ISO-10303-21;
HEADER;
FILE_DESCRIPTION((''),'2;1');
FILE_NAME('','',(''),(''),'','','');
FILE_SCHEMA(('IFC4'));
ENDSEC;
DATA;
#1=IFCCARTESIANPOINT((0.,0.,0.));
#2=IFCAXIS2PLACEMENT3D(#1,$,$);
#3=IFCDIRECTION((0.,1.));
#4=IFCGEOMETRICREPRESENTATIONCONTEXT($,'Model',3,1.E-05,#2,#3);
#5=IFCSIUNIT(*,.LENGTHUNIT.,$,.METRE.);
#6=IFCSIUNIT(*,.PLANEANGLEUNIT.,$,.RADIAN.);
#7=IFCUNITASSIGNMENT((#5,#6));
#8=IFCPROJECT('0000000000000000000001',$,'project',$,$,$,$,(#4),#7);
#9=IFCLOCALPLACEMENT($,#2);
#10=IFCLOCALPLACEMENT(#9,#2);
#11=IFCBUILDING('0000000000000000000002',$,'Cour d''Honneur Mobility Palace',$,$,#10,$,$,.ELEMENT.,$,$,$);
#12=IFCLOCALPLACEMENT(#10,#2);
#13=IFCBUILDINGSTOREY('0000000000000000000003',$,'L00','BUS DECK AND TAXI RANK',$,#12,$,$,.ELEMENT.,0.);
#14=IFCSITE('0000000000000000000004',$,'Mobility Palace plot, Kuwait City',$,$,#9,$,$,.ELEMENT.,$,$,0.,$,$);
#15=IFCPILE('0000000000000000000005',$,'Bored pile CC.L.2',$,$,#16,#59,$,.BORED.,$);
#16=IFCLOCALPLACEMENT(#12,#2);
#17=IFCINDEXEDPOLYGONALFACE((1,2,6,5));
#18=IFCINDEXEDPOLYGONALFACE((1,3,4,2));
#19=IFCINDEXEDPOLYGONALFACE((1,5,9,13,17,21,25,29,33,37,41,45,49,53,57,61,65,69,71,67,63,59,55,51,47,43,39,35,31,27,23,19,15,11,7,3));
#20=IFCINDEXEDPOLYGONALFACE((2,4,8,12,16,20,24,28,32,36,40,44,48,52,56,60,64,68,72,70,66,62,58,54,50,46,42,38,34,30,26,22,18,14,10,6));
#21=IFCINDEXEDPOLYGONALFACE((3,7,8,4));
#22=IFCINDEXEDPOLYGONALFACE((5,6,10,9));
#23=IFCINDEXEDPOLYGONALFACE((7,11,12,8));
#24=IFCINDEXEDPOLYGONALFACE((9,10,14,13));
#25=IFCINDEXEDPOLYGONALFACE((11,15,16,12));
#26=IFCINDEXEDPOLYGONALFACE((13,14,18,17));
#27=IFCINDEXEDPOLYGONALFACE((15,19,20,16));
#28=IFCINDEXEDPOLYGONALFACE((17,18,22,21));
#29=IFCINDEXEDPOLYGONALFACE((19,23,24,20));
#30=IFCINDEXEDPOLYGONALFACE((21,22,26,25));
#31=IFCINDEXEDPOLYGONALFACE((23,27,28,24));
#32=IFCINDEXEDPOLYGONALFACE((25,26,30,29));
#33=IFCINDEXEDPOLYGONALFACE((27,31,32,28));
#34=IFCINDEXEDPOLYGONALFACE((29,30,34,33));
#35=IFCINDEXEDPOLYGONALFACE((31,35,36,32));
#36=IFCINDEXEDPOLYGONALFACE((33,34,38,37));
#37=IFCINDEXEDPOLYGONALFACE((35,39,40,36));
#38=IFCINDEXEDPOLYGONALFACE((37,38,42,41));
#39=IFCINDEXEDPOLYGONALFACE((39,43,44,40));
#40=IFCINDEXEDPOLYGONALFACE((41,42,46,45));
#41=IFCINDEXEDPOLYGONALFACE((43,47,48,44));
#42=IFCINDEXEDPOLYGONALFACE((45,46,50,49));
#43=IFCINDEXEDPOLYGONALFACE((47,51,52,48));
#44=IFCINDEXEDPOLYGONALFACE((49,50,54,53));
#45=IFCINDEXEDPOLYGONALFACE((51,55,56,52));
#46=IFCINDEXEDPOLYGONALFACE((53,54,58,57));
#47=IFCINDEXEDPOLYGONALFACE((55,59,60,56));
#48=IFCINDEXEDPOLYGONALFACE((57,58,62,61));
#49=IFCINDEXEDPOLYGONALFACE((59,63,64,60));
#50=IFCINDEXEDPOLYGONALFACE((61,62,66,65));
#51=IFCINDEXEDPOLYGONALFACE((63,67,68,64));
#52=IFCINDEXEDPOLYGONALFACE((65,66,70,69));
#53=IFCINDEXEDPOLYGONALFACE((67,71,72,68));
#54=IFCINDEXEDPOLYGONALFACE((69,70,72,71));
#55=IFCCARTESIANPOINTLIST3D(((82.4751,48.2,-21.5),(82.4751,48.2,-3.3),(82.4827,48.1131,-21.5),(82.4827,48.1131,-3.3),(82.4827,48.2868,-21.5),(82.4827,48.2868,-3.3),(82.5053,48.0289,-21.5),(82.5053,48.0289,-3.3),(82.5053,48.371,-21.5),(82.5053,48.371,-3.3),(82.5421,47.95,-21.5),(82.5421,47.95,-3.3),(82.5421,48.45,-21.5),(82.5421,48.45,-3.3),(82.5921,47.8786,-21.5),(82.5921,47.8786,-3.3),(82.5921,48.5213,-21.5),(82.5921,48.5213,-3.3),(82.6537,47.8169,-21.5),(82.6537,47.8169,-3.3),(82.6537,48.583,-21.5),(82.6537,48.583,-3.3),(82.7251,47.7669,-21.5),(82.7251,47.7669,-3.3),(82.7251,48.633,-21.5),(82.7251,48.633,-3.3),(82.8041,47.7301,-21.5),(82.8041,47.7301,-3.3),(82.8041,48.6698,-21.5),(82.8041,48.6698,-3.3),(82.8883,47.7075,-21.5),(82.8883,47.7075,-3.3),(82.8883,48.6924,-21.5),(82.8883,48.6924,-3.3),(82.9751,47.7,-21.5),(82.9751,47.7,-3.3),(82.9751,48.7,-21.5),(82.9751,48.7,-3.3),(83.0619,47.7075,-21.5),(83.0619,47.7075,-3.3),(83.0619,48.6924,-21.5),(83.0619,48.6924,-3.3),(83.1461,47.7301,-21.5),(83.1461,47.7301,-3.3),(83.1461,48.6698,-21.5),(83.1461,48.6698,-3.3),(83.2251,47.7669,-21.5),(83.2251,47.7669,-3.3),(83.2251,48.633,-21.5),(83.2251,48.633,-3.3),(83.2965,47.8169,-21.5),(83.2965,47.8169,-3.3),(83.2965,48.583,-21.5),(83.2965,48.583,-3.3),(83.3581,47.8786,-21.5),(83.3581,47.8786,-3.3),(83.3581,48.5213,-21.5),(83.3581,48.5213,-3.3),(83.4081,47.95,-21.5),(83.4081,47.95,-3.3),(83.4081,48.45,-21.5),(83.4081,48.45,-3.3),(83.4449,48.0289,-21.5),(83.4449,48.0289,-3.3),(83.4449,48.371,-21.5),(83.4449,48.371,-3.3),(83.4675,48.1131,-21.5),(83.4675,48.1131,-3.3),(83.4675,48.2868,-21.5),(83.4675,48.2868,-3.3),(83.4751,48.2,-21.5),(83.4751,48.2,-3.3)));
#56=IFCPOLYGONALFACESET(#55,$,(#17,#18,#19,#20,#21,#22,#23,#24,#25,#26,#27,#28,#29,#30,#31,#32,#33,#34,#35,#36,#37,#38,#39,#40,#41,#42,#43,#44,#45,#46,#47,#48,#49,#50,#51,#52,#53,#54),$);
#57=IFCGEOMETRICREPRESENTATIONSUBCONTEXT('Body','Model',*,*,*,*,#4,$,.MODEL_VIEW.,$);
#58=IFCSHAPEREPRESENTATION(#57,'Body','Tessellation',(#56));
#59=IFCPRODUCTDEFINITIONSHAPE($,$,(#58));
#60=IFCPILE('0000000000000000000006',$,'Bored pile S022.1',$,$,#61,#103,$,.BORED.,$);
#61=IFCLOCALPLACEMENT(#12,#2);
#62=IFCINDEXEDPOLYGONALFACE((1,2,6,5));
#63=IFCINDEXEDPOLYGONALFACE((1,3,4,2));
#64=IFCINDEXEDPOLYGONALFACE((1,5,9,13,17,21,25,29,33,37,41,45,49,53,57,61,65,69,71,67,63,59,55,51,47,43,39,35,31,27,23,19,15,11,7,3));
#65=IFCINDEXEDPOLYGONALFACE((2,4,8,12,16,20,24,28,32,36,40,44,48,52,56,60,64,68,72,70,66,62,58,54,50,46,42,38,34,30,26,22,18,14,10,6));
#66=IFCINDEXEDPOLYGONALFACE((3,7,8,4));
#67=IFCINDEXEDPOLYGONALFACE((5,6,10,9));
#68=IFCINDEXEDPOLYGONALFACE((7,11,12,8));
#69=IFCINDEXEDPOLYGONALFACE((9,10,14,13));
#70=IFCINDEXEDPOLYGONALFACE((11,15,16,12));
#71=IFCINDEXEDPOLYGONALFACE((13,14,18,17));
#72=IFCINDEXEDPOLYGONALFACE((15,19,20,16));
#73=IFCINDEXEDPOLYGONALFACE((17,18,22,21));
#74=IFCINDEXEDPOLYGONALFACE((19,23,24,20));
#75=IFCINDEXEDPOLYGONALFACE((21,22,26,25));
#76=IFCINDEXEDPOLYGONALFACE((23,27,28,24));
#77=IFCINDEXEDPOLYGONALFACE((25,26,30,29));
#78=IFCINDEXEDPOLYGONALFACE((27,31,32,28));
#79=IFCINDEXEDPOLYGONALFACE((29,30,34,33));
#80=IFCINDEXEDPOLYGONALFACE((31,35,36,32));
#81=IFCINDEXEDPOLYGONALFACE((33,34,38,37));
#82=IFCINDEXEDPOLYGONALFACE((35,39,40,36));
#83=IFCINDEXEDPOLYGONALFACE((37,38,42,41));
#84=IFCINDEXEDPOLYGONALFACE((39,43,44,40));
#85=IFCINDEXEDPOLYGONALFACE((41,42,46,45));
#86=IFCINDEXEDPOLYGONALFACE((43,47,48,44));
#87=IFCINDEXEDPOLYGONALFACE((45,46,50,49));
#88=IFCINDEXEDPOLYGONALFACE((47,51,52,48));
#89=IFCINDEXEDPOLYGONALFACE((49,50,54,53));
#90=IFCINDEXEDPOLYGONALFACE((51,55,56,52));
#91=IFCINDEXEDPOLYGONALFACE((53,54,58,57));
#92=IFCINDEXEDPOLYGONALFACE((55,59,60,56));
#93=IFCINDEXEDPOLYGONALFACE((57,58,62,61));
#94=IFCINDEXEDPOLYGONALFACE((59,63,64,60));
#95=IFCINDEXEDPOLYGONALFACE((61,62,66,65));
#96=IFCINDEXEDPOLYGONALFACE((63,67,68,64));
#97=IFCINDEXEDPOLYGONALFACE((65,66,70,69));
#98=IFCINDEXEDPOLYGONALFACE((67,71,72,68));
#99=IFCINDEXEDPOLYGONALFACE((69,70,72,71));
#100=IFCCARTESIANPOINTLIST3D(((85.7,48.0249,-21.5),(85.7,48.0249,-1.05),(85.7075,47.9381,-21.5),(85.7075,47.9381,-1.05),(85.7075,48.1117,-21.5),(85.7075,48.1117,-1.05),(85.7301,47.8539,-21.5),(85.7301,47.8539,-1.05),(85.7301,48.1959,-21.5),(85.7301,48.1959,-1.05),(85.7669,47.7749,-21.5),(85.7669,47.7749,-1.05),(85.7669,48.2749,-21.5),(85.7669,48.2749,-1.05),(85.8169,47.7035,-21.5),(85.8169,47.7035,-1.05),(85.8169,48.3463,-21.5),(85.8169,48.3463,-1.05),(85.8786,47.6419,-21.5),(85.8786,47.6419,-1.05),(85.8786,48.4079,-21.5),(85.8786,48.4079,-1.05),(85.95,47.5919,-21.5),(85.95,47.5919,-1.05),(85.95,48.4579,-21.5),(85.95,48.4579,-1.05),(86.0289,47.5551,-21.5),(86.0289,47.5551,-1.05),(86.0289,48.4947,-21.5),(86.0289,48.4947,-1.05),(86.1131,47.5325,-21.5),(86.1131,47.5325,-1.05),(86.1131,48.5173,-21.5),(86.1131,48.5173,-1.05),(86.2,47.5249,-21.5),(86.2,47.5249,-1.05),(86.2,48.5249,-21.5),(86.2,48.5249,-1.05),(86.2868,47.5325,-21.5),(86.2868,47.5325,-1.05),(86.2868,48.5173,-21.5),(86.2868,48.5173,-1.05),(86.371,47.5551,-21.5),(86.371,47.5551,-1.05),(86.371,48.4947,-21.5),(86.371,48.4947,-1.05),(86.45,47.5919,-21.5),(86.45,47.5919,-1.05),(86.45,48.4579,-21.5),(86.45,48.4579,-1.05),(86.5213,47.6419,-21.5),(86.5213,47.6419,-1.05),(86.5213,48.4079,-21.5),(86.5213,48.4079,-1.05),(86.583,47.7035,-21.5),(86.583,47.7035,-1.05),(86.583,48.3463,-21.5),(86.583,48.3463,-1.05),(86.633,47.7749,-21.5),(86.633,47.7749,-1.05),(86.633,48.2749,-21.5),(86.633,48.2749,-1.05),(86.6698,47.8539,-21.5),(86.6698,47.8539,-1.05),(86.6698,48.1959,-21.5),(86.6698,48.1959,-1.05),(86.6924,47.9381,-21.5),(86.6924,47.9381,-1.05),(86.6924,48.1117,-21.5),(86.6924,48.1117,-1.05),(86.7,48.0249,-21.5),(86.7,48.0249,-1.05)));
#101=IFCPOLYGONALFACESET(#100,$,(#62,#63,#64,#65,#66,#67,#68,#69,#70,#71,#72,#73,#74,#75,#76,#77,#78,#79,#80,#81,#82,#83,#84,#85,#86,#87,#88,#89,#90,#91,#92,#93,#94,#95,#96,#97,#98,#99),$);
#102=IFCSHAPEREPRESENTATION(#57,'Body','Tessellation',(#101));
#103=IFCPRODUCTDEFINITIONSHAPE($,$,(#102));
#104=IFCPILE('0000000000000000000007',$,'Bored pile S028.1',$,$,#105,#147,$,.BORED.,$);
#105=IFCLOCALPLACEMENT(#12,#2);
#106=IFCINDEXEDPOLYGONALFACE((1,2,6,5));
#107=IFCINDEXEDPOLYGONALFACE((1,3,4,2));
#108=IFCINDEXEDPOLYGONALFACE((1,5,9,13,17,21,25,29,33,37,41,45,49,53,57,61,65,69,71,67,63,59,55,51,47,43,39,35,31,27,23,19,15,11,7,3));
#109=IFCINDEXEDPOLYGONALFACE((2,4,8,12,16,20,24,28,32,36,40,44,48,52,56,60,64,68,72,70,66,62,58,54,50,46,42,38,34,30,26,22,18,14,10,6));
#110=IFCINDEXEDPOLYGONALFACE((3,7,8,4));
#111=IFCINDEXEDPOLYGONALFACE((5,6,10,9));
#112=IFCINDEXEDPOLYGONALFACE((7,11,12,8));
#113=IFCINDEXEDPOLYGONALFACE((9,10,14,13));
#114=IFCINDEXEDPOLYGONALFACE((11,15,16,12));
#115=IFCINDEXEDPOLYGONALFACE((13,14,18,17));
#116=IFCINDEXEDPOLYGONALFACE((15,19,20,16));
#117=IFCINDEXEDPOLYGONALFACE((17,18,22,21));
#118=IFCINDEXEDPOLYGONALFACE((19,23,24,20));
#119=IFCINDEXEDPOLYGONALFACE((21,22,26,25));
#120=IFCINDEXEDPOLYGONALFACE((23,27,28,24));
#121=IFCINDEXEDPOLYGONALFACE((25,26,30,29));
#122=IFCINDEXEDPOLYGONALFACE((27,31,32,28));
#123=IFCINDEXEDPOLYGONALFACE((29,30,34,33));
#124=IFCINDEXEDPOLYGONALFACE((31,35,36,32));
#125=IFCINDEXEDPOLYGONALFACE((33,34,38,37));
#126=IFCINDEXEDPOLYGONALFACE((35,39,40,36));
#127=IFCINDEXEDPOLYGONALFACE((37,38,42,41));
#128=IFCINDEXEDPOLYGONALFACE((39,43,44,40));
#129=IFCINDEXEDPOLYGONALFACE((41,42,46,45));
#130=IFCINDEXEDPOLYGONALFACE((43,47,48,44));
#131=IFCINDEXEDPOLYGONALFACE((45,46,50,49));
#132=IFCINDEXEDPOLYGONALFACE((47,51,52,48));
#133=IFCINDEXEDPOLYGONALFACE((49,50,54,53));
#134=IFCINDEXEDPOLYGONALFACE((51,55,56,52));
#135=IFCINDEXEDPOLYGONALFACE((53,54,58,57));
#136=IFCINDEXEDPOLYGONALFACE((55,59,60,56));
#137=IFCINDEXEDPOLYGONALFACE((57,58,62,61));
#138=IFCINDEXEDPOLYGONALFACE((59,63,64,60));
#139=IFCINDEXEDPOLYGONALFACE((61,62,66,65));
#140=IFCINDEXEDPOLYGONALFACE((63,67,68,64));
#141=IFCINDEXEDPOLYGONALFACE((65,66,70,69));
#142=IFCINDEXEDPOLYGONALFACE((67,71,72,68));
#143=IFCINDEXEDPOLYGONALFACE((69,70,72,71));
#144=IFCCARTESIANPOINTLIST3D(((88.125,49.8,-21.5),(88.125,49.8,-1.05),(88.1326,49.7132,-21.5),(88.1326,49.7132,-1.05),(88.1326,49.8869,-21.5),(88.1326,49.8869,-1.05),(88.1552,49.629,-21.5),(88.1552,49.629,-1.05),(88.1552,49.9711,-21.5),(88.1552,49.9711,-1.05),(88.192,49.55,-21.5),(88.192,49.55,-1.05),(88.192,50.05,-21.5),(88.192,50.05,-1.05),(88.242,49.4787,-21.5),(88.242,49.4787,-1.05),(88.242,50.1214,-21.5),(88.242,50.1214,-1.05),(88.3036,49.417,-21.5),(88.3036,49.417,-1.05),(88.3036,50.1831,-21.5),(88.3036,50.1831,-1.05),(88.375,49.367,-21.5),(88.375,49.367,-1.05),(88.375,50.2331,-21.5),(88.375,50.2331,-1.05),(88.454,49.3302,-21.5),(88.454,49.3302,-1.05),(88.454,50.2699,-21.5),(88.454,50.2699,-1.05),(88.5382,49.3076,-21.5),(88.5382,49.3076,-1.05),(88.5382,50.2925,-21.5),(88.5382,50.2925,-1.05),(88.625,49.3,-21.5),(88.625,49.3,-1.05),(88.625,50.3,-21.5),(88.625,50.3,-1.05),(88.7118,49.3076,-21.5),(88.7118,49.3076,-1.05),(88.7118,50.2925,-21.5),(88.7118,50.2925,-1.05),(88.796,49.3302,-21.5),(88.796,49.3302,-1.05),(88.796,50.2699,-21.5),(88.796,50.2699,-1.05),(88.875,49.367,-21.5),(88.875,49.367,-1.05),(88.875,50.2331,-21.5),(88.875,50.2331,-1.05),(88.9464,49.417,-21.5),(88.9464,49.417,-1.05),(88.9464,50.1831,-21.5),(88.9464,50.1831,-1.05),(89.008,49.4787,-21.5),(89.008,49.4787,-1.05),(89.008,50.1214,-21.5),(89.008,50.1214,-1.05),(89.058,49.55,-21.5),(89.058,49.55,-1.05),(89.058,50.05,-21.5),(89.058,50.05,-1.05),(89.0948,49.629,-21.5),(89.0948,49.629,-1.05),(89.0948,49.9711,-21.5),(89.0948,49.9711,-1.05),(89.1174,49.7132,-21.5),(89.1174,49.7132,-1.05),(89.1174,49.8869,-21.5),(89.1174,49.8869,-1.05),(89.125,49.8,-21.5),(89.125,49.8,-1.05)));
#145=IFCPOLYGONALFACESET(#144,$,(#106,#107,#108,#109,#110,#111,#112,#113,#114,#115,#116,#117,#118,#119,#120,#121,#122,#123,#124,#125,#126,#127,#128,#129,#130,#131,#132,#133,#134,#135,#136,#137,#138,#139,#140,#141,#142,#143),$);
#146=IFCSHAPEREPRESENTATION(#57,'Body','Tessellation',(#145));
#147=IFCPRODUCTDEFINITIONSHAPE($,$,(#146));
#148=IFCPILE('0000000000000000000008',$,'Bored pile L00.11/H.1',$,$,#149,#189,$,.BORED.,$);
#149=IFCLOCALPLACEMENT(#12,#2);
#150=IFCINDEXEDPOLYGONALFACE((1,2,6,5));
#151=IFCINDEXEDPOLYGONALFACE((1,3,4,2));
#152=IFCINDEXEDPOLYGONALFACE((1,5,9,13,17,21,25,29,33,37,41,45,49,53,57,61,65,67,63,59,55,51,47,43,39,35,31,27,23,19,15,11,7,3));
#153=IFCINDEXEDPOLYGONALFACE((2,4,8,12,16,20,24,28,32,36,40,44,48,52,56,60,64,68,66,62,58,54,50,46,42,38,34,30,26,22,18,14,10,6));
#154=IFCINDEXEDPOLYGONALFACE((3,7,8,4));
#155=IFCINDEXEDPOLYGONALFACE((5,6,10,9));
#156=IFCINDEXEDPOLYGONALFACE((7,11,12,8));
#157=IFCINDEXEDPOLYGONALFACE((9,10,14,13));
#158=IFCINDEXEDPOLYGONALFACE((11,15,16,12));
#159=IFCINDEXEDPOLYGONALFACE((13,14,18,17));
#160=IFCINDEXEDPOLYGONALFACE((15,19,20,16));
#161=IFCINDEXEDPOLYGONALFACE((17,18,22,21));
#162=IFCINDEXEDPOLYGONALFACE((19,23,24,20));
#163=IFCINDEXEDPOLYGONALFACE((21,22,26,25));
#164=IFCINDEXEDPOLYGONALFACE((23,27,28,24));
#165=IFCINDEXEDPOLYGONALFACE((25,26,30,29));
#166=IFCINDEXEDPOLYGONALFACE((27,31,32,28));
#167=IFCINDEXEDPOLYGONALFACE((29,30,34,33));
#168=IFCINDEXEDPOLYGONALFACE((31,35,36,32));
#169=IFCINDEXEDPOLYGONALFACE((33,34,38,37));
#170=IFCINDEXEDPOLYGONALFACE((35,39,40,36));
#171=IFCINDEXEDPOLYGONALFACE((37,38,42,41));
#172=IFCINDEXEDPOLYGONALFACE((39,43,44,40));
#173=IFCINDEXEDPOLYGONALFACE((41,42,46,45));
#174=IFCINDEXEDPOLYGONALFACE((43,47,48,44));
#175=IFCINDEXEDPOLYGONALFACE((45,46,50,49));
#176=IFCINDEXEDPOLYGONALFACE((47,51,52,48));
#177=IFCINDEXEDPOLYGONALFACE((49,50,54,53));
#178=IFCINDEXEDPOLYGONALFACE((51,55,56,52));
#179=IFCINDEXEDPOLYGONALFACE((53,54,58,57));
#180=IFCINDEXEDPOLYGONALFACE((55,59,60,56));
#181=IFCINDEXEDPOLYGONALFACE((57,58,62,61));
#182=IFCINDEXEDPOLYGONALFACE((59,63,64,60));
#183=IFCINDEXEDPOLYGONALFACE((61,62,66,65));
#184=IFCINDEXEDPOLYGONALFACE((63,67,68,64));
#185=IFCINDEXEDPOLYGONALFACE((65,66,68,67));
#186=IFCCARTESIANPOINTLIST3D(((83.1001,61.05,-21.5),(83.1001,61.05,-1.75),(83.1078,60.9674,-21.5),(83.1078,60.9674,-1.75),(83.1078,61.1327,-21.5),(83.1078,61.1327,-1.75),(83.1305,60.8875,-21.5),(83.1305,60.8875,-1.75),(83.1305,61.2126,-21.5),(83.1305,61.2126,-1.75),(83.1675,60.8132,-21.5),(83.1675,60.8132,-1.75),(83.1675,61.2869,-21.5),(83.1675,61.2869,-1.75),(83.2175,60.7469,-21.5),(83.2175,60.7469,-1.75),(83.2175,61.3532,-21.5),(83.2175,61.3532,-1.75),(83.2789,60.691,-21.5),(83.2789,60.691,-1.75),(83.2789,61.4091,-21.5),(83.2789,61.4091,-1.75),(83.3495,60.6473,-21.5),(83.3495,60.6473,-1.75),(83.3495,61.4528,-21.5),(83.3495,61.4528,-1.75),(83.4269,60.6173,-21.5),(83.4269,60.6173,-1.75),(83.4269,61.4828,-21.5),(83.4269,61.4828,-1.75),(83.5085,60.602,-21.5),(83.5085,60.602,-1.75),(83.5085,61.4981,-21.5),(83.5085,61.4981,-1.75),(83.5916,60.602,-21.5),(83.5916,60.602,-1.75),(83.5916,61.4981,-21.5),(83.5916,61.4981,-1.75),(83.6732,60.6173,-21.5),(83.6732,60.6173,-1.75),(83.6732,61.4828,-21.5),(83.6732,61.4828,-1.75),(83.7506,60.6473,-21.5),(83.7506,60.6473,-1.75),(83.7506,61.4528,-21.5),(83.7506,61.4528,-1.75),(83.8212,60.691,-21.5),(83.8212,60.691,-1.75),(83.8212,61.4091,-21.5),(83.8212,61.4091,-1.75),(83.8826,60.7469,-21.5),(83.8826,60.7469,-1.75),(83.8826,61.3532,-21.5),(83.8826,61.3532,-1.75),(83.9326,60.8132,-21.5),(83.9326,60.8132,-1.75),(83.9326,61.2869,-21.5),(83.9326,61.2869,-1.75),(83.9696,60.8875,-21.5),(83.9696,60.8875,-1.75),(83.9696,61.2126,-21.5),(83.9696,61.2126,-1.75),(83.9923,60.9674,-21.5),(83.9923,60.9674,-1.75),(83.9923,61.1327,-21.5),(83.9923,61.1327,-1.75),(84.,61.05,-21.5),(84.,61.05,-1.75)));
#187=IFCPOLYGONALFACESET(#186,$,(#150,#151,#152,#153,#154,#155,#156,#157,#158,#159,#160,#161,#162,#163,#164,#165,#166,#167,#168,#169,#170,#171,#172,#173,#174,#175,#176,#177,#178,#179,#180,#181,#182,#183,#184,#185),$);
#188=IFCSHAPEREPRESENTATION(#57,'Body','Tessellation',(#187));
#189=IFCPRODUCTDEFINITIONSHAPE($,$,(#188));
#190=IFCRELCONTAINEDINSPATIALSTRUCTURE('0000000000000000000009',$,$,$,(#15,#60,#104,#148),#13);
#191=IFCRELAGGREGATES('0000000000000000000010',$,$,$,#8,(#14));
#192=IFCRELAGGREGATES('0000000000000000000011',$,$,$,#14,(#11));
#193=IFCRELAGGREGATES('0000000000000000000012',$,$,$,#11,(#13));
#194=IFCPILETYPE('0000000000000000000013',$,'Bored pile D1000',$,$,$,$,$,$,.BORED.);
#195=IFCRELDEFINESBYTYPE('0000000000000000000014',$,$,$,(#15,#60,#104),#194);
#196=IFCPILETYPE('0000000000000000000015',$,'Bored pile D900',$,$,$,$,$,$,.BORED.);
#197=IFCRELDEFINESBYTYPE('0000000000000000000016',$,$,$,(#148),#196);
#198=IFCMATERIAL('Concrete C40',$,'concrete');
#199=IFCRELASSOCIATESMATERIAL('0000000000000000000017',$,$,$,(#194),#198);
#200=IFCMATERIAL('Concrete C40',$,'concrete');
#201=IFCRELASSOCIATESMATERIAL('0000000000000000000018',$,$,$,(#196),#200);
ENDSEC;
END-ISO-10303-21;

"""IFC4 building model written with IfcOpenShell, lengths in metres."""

from ifc_helpers import new_model, si_unit, direction, frame, origin, origin_2d, place, context, subcontext, project, spatial, circle, extrude, material, material_profile, profile_set, type_object, element, save


model = new_model("IFC4")

# Units and contexts
model_context = context("Model", 3, precision=1e-05, world=origin(), true_north=direction((0.0, 1.0)))
body_context = subcontext(model_context, "Body", "Model", "MODEL_VIEW")
ifc_project = project(units=[si_unit("LENGTHUNIT", "METRE"), si_unit("PLANEANGLEUNIT", "RADIAN")], contexts=[model_context])

# Site, building, storey
site_placement = place(None, origin())
site = spatial("IfcSite", under=ifc_project, at=site_placement, Name="Mobility Palace plot, Kuwait City", CompositionType="ELEMENT", RefElevation=0.0)
building_placement = place(site_placement, origin())
building = spatial("IfcBuilding", under=site, at=building_placement, Name="Cour d'Honneur Mobility Palace", CompositionType="ELEMENT")
storey_placement = place(building_placement, origin())
storey = spatial("IfcBuildingStorey", under=building, at=storey_placement, Name="L00", Description="BUS DECK AND TAXI RANK", CompositionType="ELEMENT", Elevation=0.0)

# Piles
ifc_material_1 = material(Name="Concrete C40", Category="concrete")
ifc_material_profile_1 = material_profile(ifc_material_1, circle(Radius=0.5, at=origin_2d()), Name="Bored pile D1000")
ifc_profile_set_1 = profile_set([ifc_material_profile_1], Name="Concrete C40")
pile_type_1 = type_object("IfcPileType", Name="Bored pile D1000", PredefinedType="BORED", material=ifc_profile_set_1)
pile_placement = place(storey_placement, frame((82.9751, 48.2, -3.3), z_axis=(0.0, 0.0, -1.0), x_axis=(1.0, 0.0, 0.0)))
element("IfcPile", 1, at=pile_placement, inside=storey, type_object=pile_type_1, Name="Bored pile CC.L.2", PredefinedType="BORED", context=body_context, shape_type="SweptSolid", body=[
    extrude(circle(Radius=0.5, at=origin_2d()), origin(), (0.0, 0.0, 1.0), 18.2),
])
for number, where, z_axis, x_axis, name in (
    (2, (86.2, 48.0249, -1.05), (0.0, 0.0, -1.0), (1.0, 0.0, 0.0), "Bored pile S022.1"),
    (3, (88.625, 49.8, -1.05), (0.0, 0.0, -1.0), (1.0, 0.0, 0.0), "Bored pile S028.1"),
):
    element("IfcPile", number, at=place(storey_placement, frame(where, z_axis=z_axis, x_axis=x_axis)), inside=storey, type_object=pile_type_1, Name=name, PredefinedType="BORED", context=body_context, shape_type="SweptSolid", body=[
        extrude(circle(Radius=0.5, at=origin_2d()), origin(), (0.0, 0.0, 1.0), 20.45),
    ])
ifc_material_2 = material(Name="Concrete C40", Category="concrete")
ifc_material_profile_2 = material_profile(ifc_material_2, circle(Radius=0.45, at=origin_2d()), Name="Bored pile D900")
ifc_profile_set_2 = profile_set([ifc_material_profile_2], Name="Concrete C40")
pile_type_2 = type_object("IfcPileType", Name="Bored pile D900", PredefinedType="BORED", material=ifc_profile_set_2)
for number, where, z_axis, x_axis, name in (
    (4, (83.55, 61.05, -1.75), (0.0, 0.0, -1.0), (1.0, 0.0, 0.0), "Bored pile L00.11/H.1"),
):
    element("IfcPile", number, at=place(storey_placement, frame(where, z_axis=z_axis, x_axis=x_axis)), inside=storey, type_object=pile_type_2, Name=name, PredefinedType="BORED", context=body_context, shape_type="SweptSolid", body=[
        extrude(circle(Radius=0.45, at=origin_2d()), origin(), (0.0, 0.0, 1.0), 19.75),
    ])

save(model, "model.ifc")
